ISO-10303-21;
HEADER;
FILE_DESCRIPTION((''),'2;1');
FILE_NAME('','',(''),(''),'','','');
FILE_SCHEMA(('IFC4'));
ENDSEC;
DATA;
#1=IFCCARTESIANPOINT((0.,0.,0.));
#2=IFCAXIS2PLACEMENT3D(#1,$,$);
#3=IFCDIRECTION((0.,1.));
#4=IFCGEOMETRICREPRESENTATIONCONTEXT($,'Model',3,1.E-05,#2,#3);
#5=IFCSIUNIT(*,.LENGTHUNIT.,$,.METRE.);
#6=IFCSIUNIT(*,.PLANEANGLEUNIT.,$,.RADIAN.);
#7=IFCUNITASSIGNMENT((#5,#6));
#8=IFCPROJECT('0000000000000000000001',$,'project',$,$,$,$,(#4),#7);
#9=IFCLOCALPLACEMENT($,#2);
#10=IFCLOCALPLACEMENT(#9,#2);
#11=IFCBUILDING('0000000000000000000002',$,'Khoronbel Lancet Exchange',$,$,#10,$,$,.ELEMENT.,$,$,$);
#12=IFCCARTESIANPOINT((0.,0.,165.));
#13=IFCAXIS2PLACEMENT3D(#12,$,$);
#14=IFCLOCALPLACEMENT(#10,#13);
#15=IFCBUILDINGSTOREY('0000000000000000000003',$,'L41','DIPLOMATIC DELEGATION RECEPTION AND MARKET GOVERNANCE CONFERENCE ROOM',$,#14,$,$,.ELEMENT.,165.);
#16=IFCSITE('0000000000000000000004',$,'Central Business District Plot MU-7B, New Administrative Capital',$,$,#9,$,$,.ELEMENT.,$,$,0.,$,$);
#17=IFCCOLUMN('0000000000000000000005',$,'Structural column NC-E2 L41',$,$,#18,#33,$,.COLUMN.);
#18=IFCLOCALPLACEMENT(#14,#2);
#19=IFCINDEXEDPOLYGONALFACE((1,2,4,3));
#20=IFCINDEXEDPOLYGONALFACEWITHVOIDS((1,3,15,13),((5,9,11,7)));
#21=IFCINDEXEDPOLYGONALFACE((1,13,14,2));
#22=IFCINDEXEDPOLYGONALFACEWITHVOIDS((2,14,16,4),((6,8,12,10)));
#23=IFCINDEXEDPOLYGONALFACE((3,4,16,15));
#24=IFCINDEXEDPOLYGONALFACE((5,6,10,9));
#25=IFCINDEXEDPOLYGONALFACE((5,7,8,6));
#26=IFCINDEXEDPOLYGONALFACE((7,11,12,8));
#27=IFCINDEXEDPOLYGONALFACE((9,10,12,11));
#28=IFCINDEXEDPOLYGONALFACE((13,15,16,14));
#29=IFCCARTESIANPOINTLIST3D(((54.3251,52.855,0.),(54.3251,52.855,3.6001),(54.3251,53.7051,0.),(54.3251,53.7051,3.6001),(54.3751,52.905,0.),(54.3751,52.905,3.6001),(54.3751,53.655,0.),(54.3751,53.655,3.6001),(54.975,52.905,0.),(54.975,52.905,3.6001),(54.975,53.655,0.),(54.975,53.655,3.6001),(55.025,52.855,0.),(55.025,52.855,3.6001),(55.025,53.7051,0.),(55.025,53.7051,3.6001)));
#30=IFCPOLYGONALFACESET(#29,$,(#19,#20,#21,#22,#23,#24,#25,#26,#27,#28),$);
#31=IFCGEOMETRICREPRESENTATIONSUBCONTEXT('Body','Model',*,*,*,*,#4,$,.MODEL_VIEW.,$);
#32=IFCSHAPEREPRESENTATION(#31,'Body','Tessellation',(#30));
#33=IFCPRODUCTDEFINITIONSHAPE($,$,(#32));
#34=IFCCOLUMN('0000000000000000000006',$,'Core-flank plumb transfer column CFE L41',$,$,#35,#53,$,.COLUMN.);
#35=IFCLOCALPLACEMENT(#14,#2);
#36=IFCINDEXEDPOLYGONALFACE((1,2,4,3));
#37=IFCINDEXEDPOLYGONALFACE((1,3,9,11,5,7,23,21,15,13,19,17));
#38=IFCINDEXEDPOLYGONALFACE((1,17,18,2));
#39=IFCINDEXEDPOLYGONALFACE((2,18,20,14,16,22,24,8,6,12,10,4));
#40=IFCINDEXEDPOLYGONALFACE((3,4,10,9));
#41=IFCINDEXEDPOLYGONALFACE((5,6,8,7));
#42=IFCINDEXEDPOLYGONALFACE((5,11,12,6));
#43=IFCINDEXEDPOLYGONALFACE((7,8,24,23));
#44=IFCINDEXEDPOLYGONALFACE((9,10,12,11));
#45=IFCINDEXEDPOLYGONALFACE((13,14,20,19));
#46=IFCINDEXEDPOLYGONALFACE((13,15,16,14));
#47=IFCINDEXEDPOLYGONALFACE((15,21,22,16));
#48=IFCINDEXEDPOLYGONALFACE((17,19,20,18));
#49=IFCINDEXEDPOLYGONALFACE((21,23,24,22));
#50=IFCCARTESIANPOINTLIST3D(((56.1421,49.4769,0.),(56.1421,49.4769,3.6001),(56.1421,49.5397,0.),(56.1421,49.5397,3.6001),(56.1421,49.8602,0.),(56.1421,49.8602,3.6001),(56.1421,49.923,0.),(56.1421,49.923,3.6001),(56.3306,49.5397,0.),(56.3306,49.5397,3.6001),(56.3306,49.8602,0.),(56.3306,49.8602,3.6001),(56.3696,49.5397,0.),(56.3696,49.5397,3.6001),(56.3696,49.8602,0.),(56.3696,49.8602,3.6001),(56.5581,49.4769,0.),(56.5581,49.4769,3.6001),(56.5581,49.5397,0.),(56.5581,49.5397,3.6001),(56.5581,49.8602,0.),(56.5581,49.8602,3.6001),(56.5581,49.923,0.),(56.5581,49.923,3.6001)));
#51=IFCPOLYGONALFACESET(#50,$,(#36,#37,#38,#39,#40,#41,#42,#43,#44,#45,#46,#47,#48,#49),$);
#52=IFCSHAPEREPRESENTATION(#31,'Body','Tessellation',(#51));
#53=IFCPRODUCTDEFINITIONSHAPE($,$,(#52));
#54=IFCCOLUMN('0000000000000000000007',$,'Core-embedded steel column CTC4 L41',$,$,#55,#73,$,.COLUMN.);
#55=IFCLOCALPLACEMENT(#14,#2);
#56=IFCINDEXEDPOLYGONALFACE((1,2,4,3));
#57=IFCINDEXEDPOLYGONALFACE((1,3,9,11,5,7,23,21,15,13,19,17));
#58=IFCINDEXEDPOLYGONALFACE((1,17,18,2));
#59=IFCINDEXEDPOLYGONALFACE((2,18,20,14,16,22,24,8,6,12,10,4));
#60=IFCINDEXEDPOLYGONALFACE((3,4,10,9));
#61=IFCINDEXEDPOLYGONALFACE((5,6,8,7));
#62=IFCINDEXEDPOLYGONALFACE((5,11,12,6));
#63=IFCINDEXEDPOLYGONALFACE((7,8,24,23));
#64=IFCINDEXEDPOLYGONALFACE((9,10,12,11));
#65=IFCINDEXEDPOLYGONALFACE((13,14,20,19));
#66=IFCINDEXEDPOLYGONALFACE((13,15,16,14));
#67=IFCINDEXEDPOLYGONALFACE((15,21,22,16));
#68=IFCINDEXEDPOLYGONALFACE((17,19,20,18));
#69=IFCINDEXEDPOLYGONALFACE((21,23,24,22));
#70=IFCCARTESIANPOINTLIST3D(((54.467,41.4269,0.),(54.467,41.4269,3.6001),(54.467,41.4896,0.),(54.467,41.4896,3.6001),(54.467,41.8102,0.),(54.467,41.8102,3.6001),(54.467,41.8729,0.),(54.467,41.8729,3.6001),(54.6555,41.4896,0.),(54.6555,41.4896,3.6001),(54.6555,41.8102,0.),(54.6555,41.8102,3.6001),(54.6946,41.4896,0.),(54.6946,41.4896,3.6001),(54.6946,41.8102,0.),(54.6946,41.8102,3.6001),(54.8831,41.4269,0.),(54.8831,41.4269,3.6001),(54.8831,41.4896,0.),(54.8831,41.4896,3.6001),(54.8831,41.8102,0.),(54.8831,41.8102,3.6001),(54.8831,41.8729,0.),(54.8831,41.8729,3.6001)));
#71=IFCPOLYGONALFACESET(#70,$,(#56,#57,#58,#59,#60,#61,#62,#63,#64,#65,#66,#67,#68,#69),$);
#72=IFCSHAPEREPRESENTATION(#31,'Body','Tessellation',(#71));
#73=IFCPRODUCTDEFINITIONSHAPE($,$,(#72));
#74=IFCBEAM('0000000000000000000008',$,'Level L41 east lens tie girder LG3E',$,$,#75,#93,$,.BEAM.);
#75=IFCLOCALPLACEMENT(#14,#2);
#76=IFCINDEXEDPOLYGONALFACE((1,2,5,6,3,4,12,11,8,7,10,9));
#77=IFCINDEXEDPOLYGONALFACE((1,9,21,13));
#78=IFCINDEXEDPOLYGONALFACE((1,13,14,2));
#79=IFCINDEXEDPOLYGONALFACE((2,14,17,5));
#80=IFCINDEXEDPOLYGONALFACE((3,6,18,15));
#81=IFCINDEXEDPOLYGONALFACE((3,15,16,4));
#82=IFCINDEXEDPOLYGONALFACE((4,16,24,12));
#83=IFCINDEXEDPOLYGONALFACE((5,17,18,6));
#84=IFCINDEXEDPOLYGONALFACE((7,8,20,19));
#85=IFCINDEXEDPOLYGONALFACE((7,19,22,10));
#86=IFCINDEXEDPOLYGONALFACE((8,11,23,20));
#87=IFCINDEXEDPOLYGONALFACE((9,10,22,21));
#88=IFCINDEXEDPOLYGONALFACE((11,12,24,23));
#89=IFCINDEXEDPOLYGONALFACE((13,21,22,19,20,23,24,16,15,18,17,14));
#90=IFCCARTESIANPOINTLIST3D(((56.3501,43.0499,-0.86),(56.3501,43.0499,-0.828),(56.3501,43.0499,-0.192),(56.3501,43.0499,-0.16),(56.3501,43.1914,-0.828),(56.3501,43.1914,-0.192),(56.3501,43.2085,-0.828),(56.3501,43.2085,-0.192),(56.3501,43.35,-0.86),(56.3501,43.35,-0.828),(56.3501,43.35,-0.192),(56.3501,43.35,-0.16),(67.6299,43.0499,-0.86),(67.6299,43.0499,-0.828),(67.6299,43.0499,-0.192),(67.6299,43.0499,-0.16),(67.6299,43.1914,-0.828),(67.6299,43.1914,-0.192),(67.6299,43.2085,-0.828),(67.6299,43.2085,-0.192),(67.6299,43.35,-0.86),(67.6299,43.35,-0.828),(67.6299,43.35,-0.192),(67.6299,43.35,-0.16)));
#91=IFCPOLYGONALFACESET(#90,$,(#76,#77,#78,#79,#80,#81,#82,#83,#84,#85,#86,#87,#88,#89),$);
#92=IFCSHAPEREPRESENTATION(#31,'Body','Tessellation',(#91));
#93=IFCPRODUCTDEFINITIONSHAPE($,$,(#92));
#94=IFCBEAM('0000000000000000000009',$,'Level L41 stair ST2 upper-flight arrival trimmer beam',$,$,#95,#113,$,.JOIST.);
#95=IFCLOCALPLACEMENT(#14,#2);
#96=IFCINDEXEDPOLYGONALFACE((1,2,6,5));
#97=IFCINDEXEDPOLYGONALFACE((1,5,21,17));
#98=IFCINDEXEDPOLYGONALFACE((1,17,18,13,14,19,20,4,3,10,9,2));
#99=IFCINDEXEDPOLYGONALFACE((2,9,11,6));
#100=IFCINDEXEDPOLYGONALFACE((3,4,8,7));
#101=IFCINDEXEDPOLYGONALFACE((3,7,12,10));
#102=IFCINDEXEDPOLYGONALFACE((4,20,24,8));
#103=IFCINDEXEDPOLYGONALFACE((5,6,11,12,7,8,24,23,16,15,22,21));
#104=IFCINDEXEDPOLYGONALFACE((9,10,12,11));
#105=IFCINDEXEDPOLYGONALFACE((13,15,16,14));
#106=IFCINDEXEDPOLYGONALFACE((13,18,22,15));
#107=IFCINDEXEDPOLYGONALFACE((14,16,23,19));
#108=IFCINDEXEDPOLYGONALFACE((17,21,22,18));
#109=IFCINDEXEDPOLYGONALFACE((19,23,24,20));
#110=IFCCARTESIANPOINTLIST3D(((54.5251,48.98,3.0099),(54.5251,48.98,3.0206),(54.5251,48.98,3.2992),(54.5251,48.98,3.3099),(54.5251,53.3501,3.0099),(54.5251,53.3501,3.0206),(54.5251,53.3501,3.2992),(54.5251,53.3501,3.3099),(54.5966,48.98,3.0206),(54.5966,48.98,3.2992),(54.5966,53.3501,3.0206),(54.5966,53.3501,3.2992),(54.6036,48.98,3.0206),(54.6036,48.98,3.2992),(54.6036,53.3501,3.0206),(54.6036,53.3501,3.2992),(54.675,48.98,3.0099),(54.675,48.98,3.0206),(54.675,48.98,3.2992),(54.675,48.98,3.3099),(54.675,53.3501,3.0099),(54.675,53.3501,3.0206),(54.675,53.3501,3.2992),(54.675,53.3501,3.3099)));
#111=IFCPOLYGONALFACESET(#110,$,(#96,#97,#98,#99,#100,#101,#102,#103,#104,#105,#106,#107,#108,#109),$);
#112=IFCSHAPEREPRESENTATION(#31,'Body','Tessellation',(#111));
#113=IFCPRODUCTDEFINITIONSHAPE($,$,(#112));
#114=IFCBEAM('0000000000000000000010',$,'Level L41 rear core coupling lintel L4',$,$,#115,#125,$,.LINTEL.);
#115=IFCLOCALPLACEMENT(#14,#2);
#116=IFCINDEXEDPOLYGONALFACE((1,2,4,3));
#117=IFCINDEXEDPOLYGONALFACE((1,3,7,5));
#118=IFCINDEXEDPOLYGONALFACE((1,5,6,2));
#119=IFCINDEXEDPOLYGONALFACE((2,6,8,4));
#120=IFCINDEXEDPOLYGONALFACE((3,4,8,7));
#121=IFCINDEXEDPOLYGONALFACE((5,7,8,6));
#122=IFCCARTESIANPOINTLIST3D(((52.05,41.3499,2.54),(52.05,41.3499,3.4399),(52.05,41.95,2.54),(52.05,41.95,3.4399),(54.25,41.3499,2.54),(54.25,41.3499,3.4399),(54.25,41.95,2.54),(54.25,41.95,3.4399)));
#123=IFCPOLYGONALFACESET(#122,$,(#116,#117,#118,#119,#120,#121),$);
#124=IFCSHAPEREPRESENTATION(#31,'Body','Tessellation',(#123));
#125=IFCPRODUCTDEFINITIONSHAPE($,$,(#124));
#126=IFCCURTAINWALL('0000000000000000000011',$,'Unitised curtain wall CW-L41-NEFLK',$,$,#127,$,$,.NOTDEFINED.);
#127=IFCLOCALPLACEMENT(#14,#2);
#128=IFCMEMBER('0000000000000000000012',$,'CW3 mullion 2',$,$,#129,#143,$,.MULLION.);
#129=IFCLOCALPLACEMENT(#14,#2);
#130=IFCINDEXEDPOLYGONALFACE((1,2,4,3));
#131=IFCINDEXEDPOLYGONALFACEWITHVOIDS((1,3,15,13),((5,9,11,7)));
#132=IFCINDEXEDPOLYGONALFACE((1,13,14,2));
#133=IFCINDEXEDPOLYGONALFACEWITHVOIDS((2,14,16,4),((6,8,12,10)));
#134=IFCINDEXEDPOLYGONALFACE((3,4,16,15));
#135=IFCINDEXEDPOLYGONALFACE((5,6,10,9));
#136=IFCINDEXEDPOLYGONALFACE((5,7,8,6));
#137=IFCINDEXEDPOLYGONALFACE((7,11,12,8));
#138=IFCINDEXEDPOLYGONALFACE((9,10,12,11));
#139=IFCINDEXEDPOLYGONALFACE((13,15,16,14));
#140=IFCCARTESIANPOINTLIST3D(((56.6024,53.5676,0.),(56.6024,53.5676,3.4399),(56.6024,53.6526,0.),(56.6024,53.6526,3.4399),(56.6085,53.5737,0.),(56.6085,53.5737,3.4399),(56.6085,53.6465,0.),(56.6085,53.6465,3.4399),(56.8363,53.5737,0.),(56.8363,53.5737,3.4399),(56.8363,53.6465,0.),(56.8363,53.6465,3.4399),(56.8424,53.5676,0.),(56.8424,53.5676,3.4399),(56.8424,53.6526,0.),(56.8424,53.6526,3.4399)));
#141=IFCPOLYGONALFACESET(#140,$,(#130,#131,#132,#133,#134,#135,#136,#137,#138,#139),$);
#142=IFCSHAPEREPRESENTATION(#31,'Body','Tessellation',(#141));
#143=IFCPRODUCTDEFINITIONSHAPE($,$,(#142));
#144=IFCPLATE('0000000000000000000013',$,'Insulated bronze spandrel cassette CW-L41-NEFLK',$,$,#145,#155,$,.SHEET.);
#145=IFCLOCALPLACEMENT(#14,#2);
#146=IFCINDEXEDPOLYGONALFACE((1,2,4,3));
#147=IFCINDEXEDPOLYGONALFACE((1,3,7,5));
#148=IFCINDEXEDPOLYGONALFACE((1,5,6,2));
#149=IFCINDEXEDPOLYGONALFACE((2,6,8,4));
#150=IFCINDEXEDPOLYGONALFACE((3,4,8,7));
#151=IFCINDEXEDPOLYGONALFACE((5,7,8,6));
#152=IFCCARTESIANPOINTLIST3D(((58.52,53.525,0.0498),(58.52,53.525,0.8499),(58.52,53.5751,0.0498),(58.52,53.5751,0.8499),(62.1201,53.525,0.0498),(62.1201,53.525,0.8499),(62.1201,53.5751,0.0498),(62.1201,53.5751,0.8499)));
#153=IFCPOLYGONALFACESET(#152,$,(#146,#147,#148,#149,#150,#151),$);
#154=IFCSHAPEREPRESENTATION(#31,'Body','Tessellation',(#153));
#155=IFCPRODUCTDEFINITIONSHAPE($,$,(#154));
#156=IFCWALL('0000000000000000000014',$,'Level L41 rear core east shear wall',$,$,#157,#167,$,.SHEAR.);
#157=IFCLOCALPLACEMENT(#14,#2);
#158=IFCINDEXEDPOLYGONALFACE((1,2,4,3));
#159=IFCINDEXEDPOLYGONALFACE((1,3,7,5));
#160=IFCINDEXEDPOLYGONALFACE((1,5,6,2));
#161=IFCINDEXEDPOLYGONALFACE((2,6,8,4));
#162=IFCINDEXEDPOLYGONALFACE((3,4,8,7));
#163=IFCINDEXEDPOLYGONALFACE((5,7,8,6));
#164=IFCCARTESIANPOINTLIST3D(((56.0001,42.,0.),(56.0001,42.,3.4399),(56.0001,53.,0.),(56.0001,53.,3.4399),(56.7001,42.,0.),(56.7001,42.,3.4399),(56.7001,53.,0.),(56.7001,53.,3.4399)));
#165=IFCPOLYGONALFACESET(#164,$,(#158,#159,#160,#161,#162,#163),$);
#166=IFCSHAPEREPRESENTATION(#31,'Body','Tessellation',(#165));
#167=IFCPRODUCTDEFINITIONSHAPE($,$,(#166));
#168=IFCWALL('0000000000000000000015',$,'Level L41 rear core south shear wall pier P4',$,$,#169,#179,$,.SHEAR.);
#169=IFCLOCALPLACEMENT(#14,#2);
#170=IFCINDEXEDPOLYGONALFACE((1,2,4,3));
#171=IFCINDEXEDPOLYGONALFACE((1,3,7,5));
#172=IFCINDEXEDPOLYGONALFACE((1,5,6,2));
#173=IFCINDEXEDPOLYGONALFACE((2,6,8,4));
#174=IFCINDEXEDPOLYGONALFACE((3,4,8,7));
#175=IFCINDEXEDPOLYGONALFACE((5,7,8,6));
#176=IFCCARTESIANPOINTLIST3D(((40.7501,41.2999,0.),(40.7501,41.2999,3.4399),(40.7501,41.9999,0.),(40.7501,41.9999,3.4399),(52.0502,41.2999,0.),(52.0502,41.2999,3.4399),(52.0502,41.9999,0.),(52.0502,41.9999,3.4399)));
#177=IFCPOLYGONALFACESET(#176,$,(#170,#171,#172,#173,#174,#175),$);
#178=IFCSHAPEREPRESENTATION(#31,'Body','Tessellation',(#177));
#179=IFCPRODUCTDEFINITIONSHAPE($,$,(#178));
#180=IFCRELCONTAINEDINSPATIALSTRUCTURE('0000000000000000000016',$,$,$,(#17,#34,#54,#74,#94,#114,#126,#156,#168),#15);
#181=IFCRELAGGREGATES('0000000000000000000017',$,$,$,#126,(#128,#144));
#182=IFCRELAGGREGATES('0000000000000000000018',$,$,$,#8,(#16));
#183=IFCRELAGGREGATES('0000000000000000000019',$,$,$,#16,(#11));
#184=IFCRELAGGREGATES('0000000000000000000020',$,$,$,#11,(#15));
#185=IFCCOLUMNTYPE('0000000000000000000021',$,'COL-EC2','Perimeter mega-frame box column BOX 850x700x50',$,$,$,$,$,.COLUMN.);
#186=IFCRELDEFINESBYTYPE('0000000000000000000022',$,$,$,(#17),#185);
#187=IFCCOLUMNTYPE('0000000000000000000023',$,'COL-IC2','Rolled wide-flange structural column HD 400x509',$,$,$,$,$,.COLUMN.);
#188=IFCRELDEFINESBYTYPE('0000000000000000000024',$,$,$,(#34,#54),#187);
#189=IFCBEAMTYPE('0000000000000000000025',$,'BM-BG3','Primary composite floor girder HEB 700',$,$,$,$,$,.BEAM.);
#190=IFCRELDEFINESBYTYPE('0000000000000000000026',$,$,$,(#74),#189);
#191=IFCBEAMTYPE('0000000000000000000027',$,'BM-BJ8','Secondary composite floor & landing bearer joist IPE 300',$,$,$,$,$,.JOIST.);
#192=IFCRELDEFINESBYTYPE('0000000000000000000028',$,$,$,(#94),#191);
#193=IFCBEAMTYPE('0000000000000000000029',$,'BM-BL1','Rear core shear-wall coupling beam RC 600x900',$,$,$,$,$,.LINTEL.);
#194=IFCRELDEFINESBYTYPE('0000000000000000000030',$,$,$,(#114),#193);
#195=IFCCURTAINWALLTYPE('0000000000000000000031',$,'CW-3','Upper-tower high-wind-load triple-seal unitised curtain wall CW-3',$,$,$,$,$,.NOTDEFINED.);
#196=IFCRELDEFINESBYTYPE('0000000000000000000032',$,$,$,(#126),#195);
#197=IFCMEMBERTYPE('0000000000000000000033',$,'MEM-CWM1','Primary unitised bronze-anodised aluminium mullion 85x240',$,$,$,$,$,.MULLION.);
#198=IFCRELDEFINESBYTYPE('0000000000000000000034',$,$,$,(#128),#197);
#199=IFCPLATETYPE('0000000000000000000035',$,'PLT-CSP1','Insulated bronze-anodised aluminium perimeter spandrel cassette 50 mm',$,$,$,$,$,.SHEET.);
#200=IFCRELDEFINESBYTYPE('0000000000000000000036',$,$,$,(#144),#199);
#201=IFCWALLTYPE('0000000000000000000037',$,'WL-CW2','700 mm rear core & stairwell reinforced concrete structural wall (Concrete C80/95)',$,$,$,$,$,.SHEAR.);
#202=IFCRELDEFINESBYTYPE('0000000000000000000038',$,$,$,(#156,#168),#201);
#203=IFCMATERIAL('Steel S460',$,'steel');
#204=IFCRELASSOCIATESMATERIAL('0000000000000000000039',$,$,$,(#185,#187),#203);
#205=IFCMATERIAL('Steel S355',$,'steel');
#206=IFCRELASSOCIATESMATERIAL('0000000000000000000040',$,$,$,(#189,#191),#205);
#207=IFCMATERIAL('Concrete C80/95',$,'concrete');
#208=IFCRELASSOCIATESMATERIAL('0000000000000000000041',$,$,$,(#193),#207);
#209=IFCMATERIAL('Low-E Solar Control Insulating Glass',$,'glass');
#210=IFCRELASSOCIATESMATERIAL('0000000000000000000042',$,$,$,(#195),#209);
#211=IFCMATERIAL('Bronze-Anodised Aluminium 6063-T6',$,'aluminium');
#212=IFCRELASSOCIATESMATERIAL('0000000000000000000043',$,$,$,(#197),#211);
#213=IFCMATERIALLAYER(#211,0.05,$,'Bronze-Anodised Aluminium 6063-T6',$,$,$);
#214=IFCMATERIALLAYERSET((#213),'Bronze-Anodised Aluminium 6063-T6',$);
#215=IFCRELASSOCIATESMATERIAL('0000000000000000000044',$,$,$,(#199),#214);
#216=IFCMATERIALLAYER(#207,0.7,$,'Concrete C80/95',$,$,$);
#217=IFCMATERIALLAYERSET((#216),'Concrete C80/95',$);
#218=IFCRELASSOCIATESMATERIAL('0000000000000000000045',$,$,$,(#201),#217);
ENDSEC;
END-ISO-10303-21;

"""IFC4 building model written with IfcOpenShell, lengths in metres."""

from ifc_helpers import new_model, si_unit, direction, frame, frame_2d, origin, origin_2d, place, context, subcontext, project, spatial, rectangle, hollow_rectangle, i_section, extrude, material, layer, layer_set, material_profile, profile_set, type_object, element, aggregate, save


model = new_model("IFC4")

# Units and contexts
model_context = context("Model", 3, precision=1e-05, world=origin(), true_north=direction((0.0, 1.0)))
body_context = subcontext(model_context, "Body", "Model", "MODEL_VIEW")
ifc_project = project(units=[si_unit("LENGTHUNIT", "METRE"), si_unit("PLANEANGLEUNIT", "RADIAN")], contexts=[model_context])

# Site, building, storey
site_placement = place(None, origin())
site = spatial("IfcSite", under=ifc_project, at=site_placement, Name="Central Business District Plot MU-7B, New Administrative Capital", CompositionType="ELEMENT", RefElevation=0.0)
building_placement = place(site_placement, origin())
building = spatial("IfcBuilding", under=site, at=building_placement, Name="Khoronbel Lancet Exchange", CompositionType="ELEMENT")
storey_placement = place(building_placement, frame((0.0, 0.0, 165.0)))
storey = spatial("IfcBuildingStorey", under=building, at=storey_placement, Name="L41", Description="DIPLOMATIC DELEGATION RECEPTION AND MARKET GOVERNANCE CONFERENCE ROOM", CompositionType="ELEMENT", Elevation=165.0)

# Columns
ifc_material_1 = material(Name="Steel S460", Category="steel")
ifc_material_profile_1 = material_profile(ifc_material_1, hollow_rectangle(XDim=0.7, YDim=0.8501, WallThickness=0.05, at=origin_2d()), Name="BOX 850x700x50")
ifc_profile_set_1 = profile_set([ifc_material_profile_1], Name="Steel S460")
column_type_1 = type_object("IfcColumnType", Name="COL-EC2", Description="Perimeter mega-frame box column BOX 850x700x50", PredefinedType="COLUMN", material=ifc_profile_set_1)
column_placement = place(storey_placement, frame((54.675, 53.28, 0.0), z_axis=(0.0, 0.0, 1.0), x_axis=(1.0, 0.0, 0.0)))
element("IfcColumn", 1, at=column_placement, inside=storey, type_object=column_type_1, Name="Structural column NC-E2 L41", PredefinedType="COLUMN", context=body_context, shape_type="SweptSolid", body=[
    extrude(hollow_rectangle(XDim=0.7, YDim=0.8501, WallThickness=0.05, at=origin_2d()), origin(), (0.0, 0.0, 1.0), 3.6001),
])
ifc_material_profile_2 = material_profile(ifc_material_1, i_section(OverallWidth=0.416, OverallDepth=0.446, WebThickness=0.0391, FlangeThickness=0.0627, at=origin_2d()), Name="HD 400x509")
ifc_profile_set_2 = profile_set([ifc_material_profile_2], Name="Steel S460")
column_type_2 = type_object("IfcColumnType", Name="COL-IC2", Description="Rolled wide-flange structural column HD 400x509", PredefinedType="COLUMN", material=ifc_profile_set_2)
for number, where, z_axis, x_axis, name in (
    (2, (56.3501, 49.7, 0.0), (0.0, 0.0, 1.0), (1.0, 0.0, 0.0), "Core-flank plumb transfer column CFE L41"),
    (3, (54.675, 41.6499, 0.0), (0.0, 0.0, 1.0), (1.0, 0.0, 0.0), "Core-embedded steel column CTC4 L41"),
):
    element("IfcColumn", number, at=place(storey_placement, frame(where, z_axis=z_axis, x_axis=x_axis)), inside=storey, type_object=column_type_2, Name=name, PredefinedType="COLUMN", context=body_context, shape_type="SweptSolid", body=[
        extrude(i_section(OverallWidth=0.416, OverallDepth=0.446, WebThickness=0.0391, FlangeThickness=0.0627, at=origin_2d()), origin(), (0.0, 0.0, 1.0), 3.6001),
    ])

# Beams
ifc_material_2 = material(Name="Steel S355", Category="steel")
ifc_material_profile_3 = material_profile(ifc_material_2, i_section(OverallWidth=0.3, OverallDepth=0.7, WebThickness=0.0171, FlangeThickness=0.032, at=origin_2d()), Name="HEB 700")
ifc_profile_set_3 = profile_set([ifc_material_profile_3], Name="Steel S355")
beam_type_1 = type_object("IfcBeamType", Name="BM-BG3", Description="Primary composite floor girder HEB 700", PredefinedType="BEAM", material=ifc_profile_set_3)
beam_1_placement = place(storey_placement, frame((56.3501, 43.2, -0.51), z_axis=(1.0, 0.0, 0.0), x_axis=(0.0, 1.0, 0.0)))
element("IfcBeam", 4, at=beam_1_placement, inside=storey, type_object=beam_type_1, Name="Level L41 east lens tie girder LG3E", PredefinedType="BEAM", context=body_context, shape_type="SweptSolid", body=[
    extrude(i_section(OverallWidth=0.3, OverallDepth=0.7, WebThickness=0.0171, FlangeThickness=0.032, at=origin_2d()), origin(), (0.0, 0.0, 1.0), 11.2798),
])
ifc_material_profile_4 = material_profile(ifc_material_2, i_section(OverallWidth=0.1499, OverallDepth=0.3, WebThickness=0.0071, FlangeThickness=0.0107, at=origin_2d()), Name="IPE 300")
ifc_profile_set_4 = profile_set([ifc_material_profile_4], Name="Steel S355")
beam_type_2 = type_object("IfcBeamType", Name="BM-BJ8", Description="Secondary composite floor & landing bearer joist IPE 300", PredefinedType="JOIST", material=ifc_profile_set_4)
beam_2_placement = place(storey_placement, frame((54.6001, 48.98, 3.1599), z_axis=(0.0, 1.0, 0.0), x_axis=(-1.0, 0.0, 0.0)))
element("IfcBeam", 5, at=beam_2_placement, inside=storey, type_object=beam_type_2, Name="Level L41 stair ST2 upper-flight arrival trimmer beam", PredefinedType="JOIST", context=body_context, shape_type="SweptSolid", body=[
    extrude(i_section(OverallWidth=0.1499, OverallDepth=0.3, WebThickness=0.0071, FlangeThickness=0.0107, at=origin_2d()), origin(), (0.0, 0.0, 1.0), 4.3701),
])
ifc_material_3 = material(Name="Concrete C80/95", Category="concrete")
ifc_material_profile_5 = material_profile(ifc_material_3, rectangle(XDim=0.6001, YDim=0.8999, at=origin_2d()), Name="RC 600x900")
ifc_profile_set_5 = profile_set([ifc_material_profile_5], Name="Concrete C80/95")
beam_type_3 = type_object("IfcBeamType", Name="BM-BL1", Description="Rear core shear-wall coupling beam RC 600x900", PredefinedType="LINTEL", material=ifc_profile_set_5)
beam_3_placement = place(storey_placement, frame((52.05, 41.6499, 2.99), z_axis=(1.0, 0.0, 0.0), x_axis=(0.0, 1.0, 0.0)))
element("IfcBeam", 6, at=beam_3_placement, inside=storey, type_object=beam_type_3, Name="Level L41 rear core coupling lintel L4", PredefinedType="LINTEL", context=body_context, shape_type="SweptSolid", body=[
    extrude(rectangle(XDim=0.6001, YDim=0.8999, at=origin_2d()), origin(), (0.0, 0.0, 1.0), 2.2),
])

# Curtain wall, member, plate
ifc_material_4 = material(Name="Low-E Solar Control Insulating Glass", Category="glass")
curtain_wall_type = type_object("IfcCurtainWallType", Name="CW-3", Description="Upper-tower high-wind-load triple-seal unitised curtain wall CW-3", PredefinedType="NOTDEFINED", material=ifc_material_4)
curtain_wall_placement = place(storey_placement, origin())
curtain_wall = element("IfcCurtainWall", 7, at=curtain_wall_placement, inside=storey, type_object=curtain_wall_type, Name="Unitised curtain wall CW-L41-NEFLK", PredefinedType="NOTDEFINED")
ifc_material_5 = material(Name="Bronze-Anodised Aluminium 6063-T6", Category="aluminium")
ifc_material_profile_6 = material_profile(ifc_material_5, hollow_rectangle(XDim=0.085, YDim=0.24, WallThickness=0.0061, at=origin_2d()), Name="ALU MULLION 85x240")
ifc_profile_set_6 = profile_set([ifc_material_profile_6], Name="Bronze-Anodised Aluminium 6063-T6")
member_type = type_object("IfcMemberType", Name="MEM-CWM1", Description="Primary unitised bronze-anodised aluminium mullion 85x240", PredefinedType="MULLION", material=ifc_profile_set_6)
member_placement = place(storey_placement, frame((56.7224, 53.6101, 0.0), z_axis=(0.0, 0.0, 1.0), x_axis=(0.0, -1.0, 0.0)))
member = element("IfcMember", 8, at=member_placement, type_object=member_type, Name="CW3 mullion 2", PredefinedType="MULLION", context=body_context, shape_type="SweptSolid", body=[
    extrude(hollow_rectangle(XDim=0.085, YDim=0.24, WallThickness=0.0061, at=origin_2d()), origin(), (0.0, 0.0, 1.0), 3.4399),
])
ifc_layer_1 = layer(ifc_material_5, 0.05, Name="Bronze-Anodised Aluminium 6063-T6")
ifc_layer_set_1 = layer_set([ifc_layer_1], Name="Bronze-Anodised Aluminium 6063-T6")
plate_type = type_object("IfcPlateType", Name="PLT-CSP1", Description="Insulated bronze-anodised aluminium perimeter spandrel cassette 50 mm", PredefinedType="SHEET", material=ifc_layer_set_1)
plate_placement = place(storey_placement, frame((60.3201, 53.55, 0.0498), z_axis=(0.0, 0.0, 1.0), x_axis=(-1.0, 0.0, 0.0)))
plate = element("IfcPlate", 9, at=plate_placement, type_object=plate_type, Name="Insulated bronze spandrel cassette CW-L41-NEFLK", PredefinedType="SHEET", context=body_context, shape_type="SweptSolid", body=[
    extrude(rectangle(XDim=3.6001, YDim=0.05, at=origin_2d()), origin(), (0.0, 0.0, 1.0), 0.8),
])
aggregate(curtain_wall, [member, plate])

# Walls
ifc_layer_2 = layer(ifc_material_3, 0.7, Name="Concrete C80/95")
ifc_layer_set_2 = layer_set([ifc_layer_2], Name="Concrete C80/95")
wall_type_1 = type_object("IfcWallType", Name="WL-CW2", Description="700 mm rear core & stairwell reinforced concrete structural wall (Concrete C80/95)", PredefinedType="SHEAR", material=ifc_layer_set_2)
wall_1_placement = place(storey_placement, frame((56.3501, 53.0, 0.0), z_axis=(0.0, 0.0, 1.0), x_axis=(0.0, -1.0, 0.0)))
element("IfcWall", 10, at=wall_1_placement, inside=storey, type_object=wall_type_1, Name="Level L41 rear core east shear wall", PredefinedType="SHEAR", context=body_context, shape_type="SweptSolid", body=[
    extrude(rectangle(XDim=11.0, YDim=0.7, at=frame_2d((5.5, 0.0))), origin(), (0.0, 0.0, 1.0), 3.4399),
])
wall_2_placement = place(storey_placement, frame((52.05, 41.6499, 0.0), z_axis=(0.0, 0.0, 1.0), x_axis=(-1.0, 0.0, 0.0)))
element("IfcWall", 11, at=wall_2_placement, inside=storey, type_object=wall_type_1, Name="Level L41 rear core south shear wall pier P4", PredefinedType="SHEAR", context=body_context, shape_type="SweptSolid", body=[
    extrude(rectangle(XDim=11.3, YDim=0.7, at=frame_2d((5.6499, 0.0))), origin(), (0.0, 0.0, 1.0), 3.4399),
])

save(model, "model.ifc")
